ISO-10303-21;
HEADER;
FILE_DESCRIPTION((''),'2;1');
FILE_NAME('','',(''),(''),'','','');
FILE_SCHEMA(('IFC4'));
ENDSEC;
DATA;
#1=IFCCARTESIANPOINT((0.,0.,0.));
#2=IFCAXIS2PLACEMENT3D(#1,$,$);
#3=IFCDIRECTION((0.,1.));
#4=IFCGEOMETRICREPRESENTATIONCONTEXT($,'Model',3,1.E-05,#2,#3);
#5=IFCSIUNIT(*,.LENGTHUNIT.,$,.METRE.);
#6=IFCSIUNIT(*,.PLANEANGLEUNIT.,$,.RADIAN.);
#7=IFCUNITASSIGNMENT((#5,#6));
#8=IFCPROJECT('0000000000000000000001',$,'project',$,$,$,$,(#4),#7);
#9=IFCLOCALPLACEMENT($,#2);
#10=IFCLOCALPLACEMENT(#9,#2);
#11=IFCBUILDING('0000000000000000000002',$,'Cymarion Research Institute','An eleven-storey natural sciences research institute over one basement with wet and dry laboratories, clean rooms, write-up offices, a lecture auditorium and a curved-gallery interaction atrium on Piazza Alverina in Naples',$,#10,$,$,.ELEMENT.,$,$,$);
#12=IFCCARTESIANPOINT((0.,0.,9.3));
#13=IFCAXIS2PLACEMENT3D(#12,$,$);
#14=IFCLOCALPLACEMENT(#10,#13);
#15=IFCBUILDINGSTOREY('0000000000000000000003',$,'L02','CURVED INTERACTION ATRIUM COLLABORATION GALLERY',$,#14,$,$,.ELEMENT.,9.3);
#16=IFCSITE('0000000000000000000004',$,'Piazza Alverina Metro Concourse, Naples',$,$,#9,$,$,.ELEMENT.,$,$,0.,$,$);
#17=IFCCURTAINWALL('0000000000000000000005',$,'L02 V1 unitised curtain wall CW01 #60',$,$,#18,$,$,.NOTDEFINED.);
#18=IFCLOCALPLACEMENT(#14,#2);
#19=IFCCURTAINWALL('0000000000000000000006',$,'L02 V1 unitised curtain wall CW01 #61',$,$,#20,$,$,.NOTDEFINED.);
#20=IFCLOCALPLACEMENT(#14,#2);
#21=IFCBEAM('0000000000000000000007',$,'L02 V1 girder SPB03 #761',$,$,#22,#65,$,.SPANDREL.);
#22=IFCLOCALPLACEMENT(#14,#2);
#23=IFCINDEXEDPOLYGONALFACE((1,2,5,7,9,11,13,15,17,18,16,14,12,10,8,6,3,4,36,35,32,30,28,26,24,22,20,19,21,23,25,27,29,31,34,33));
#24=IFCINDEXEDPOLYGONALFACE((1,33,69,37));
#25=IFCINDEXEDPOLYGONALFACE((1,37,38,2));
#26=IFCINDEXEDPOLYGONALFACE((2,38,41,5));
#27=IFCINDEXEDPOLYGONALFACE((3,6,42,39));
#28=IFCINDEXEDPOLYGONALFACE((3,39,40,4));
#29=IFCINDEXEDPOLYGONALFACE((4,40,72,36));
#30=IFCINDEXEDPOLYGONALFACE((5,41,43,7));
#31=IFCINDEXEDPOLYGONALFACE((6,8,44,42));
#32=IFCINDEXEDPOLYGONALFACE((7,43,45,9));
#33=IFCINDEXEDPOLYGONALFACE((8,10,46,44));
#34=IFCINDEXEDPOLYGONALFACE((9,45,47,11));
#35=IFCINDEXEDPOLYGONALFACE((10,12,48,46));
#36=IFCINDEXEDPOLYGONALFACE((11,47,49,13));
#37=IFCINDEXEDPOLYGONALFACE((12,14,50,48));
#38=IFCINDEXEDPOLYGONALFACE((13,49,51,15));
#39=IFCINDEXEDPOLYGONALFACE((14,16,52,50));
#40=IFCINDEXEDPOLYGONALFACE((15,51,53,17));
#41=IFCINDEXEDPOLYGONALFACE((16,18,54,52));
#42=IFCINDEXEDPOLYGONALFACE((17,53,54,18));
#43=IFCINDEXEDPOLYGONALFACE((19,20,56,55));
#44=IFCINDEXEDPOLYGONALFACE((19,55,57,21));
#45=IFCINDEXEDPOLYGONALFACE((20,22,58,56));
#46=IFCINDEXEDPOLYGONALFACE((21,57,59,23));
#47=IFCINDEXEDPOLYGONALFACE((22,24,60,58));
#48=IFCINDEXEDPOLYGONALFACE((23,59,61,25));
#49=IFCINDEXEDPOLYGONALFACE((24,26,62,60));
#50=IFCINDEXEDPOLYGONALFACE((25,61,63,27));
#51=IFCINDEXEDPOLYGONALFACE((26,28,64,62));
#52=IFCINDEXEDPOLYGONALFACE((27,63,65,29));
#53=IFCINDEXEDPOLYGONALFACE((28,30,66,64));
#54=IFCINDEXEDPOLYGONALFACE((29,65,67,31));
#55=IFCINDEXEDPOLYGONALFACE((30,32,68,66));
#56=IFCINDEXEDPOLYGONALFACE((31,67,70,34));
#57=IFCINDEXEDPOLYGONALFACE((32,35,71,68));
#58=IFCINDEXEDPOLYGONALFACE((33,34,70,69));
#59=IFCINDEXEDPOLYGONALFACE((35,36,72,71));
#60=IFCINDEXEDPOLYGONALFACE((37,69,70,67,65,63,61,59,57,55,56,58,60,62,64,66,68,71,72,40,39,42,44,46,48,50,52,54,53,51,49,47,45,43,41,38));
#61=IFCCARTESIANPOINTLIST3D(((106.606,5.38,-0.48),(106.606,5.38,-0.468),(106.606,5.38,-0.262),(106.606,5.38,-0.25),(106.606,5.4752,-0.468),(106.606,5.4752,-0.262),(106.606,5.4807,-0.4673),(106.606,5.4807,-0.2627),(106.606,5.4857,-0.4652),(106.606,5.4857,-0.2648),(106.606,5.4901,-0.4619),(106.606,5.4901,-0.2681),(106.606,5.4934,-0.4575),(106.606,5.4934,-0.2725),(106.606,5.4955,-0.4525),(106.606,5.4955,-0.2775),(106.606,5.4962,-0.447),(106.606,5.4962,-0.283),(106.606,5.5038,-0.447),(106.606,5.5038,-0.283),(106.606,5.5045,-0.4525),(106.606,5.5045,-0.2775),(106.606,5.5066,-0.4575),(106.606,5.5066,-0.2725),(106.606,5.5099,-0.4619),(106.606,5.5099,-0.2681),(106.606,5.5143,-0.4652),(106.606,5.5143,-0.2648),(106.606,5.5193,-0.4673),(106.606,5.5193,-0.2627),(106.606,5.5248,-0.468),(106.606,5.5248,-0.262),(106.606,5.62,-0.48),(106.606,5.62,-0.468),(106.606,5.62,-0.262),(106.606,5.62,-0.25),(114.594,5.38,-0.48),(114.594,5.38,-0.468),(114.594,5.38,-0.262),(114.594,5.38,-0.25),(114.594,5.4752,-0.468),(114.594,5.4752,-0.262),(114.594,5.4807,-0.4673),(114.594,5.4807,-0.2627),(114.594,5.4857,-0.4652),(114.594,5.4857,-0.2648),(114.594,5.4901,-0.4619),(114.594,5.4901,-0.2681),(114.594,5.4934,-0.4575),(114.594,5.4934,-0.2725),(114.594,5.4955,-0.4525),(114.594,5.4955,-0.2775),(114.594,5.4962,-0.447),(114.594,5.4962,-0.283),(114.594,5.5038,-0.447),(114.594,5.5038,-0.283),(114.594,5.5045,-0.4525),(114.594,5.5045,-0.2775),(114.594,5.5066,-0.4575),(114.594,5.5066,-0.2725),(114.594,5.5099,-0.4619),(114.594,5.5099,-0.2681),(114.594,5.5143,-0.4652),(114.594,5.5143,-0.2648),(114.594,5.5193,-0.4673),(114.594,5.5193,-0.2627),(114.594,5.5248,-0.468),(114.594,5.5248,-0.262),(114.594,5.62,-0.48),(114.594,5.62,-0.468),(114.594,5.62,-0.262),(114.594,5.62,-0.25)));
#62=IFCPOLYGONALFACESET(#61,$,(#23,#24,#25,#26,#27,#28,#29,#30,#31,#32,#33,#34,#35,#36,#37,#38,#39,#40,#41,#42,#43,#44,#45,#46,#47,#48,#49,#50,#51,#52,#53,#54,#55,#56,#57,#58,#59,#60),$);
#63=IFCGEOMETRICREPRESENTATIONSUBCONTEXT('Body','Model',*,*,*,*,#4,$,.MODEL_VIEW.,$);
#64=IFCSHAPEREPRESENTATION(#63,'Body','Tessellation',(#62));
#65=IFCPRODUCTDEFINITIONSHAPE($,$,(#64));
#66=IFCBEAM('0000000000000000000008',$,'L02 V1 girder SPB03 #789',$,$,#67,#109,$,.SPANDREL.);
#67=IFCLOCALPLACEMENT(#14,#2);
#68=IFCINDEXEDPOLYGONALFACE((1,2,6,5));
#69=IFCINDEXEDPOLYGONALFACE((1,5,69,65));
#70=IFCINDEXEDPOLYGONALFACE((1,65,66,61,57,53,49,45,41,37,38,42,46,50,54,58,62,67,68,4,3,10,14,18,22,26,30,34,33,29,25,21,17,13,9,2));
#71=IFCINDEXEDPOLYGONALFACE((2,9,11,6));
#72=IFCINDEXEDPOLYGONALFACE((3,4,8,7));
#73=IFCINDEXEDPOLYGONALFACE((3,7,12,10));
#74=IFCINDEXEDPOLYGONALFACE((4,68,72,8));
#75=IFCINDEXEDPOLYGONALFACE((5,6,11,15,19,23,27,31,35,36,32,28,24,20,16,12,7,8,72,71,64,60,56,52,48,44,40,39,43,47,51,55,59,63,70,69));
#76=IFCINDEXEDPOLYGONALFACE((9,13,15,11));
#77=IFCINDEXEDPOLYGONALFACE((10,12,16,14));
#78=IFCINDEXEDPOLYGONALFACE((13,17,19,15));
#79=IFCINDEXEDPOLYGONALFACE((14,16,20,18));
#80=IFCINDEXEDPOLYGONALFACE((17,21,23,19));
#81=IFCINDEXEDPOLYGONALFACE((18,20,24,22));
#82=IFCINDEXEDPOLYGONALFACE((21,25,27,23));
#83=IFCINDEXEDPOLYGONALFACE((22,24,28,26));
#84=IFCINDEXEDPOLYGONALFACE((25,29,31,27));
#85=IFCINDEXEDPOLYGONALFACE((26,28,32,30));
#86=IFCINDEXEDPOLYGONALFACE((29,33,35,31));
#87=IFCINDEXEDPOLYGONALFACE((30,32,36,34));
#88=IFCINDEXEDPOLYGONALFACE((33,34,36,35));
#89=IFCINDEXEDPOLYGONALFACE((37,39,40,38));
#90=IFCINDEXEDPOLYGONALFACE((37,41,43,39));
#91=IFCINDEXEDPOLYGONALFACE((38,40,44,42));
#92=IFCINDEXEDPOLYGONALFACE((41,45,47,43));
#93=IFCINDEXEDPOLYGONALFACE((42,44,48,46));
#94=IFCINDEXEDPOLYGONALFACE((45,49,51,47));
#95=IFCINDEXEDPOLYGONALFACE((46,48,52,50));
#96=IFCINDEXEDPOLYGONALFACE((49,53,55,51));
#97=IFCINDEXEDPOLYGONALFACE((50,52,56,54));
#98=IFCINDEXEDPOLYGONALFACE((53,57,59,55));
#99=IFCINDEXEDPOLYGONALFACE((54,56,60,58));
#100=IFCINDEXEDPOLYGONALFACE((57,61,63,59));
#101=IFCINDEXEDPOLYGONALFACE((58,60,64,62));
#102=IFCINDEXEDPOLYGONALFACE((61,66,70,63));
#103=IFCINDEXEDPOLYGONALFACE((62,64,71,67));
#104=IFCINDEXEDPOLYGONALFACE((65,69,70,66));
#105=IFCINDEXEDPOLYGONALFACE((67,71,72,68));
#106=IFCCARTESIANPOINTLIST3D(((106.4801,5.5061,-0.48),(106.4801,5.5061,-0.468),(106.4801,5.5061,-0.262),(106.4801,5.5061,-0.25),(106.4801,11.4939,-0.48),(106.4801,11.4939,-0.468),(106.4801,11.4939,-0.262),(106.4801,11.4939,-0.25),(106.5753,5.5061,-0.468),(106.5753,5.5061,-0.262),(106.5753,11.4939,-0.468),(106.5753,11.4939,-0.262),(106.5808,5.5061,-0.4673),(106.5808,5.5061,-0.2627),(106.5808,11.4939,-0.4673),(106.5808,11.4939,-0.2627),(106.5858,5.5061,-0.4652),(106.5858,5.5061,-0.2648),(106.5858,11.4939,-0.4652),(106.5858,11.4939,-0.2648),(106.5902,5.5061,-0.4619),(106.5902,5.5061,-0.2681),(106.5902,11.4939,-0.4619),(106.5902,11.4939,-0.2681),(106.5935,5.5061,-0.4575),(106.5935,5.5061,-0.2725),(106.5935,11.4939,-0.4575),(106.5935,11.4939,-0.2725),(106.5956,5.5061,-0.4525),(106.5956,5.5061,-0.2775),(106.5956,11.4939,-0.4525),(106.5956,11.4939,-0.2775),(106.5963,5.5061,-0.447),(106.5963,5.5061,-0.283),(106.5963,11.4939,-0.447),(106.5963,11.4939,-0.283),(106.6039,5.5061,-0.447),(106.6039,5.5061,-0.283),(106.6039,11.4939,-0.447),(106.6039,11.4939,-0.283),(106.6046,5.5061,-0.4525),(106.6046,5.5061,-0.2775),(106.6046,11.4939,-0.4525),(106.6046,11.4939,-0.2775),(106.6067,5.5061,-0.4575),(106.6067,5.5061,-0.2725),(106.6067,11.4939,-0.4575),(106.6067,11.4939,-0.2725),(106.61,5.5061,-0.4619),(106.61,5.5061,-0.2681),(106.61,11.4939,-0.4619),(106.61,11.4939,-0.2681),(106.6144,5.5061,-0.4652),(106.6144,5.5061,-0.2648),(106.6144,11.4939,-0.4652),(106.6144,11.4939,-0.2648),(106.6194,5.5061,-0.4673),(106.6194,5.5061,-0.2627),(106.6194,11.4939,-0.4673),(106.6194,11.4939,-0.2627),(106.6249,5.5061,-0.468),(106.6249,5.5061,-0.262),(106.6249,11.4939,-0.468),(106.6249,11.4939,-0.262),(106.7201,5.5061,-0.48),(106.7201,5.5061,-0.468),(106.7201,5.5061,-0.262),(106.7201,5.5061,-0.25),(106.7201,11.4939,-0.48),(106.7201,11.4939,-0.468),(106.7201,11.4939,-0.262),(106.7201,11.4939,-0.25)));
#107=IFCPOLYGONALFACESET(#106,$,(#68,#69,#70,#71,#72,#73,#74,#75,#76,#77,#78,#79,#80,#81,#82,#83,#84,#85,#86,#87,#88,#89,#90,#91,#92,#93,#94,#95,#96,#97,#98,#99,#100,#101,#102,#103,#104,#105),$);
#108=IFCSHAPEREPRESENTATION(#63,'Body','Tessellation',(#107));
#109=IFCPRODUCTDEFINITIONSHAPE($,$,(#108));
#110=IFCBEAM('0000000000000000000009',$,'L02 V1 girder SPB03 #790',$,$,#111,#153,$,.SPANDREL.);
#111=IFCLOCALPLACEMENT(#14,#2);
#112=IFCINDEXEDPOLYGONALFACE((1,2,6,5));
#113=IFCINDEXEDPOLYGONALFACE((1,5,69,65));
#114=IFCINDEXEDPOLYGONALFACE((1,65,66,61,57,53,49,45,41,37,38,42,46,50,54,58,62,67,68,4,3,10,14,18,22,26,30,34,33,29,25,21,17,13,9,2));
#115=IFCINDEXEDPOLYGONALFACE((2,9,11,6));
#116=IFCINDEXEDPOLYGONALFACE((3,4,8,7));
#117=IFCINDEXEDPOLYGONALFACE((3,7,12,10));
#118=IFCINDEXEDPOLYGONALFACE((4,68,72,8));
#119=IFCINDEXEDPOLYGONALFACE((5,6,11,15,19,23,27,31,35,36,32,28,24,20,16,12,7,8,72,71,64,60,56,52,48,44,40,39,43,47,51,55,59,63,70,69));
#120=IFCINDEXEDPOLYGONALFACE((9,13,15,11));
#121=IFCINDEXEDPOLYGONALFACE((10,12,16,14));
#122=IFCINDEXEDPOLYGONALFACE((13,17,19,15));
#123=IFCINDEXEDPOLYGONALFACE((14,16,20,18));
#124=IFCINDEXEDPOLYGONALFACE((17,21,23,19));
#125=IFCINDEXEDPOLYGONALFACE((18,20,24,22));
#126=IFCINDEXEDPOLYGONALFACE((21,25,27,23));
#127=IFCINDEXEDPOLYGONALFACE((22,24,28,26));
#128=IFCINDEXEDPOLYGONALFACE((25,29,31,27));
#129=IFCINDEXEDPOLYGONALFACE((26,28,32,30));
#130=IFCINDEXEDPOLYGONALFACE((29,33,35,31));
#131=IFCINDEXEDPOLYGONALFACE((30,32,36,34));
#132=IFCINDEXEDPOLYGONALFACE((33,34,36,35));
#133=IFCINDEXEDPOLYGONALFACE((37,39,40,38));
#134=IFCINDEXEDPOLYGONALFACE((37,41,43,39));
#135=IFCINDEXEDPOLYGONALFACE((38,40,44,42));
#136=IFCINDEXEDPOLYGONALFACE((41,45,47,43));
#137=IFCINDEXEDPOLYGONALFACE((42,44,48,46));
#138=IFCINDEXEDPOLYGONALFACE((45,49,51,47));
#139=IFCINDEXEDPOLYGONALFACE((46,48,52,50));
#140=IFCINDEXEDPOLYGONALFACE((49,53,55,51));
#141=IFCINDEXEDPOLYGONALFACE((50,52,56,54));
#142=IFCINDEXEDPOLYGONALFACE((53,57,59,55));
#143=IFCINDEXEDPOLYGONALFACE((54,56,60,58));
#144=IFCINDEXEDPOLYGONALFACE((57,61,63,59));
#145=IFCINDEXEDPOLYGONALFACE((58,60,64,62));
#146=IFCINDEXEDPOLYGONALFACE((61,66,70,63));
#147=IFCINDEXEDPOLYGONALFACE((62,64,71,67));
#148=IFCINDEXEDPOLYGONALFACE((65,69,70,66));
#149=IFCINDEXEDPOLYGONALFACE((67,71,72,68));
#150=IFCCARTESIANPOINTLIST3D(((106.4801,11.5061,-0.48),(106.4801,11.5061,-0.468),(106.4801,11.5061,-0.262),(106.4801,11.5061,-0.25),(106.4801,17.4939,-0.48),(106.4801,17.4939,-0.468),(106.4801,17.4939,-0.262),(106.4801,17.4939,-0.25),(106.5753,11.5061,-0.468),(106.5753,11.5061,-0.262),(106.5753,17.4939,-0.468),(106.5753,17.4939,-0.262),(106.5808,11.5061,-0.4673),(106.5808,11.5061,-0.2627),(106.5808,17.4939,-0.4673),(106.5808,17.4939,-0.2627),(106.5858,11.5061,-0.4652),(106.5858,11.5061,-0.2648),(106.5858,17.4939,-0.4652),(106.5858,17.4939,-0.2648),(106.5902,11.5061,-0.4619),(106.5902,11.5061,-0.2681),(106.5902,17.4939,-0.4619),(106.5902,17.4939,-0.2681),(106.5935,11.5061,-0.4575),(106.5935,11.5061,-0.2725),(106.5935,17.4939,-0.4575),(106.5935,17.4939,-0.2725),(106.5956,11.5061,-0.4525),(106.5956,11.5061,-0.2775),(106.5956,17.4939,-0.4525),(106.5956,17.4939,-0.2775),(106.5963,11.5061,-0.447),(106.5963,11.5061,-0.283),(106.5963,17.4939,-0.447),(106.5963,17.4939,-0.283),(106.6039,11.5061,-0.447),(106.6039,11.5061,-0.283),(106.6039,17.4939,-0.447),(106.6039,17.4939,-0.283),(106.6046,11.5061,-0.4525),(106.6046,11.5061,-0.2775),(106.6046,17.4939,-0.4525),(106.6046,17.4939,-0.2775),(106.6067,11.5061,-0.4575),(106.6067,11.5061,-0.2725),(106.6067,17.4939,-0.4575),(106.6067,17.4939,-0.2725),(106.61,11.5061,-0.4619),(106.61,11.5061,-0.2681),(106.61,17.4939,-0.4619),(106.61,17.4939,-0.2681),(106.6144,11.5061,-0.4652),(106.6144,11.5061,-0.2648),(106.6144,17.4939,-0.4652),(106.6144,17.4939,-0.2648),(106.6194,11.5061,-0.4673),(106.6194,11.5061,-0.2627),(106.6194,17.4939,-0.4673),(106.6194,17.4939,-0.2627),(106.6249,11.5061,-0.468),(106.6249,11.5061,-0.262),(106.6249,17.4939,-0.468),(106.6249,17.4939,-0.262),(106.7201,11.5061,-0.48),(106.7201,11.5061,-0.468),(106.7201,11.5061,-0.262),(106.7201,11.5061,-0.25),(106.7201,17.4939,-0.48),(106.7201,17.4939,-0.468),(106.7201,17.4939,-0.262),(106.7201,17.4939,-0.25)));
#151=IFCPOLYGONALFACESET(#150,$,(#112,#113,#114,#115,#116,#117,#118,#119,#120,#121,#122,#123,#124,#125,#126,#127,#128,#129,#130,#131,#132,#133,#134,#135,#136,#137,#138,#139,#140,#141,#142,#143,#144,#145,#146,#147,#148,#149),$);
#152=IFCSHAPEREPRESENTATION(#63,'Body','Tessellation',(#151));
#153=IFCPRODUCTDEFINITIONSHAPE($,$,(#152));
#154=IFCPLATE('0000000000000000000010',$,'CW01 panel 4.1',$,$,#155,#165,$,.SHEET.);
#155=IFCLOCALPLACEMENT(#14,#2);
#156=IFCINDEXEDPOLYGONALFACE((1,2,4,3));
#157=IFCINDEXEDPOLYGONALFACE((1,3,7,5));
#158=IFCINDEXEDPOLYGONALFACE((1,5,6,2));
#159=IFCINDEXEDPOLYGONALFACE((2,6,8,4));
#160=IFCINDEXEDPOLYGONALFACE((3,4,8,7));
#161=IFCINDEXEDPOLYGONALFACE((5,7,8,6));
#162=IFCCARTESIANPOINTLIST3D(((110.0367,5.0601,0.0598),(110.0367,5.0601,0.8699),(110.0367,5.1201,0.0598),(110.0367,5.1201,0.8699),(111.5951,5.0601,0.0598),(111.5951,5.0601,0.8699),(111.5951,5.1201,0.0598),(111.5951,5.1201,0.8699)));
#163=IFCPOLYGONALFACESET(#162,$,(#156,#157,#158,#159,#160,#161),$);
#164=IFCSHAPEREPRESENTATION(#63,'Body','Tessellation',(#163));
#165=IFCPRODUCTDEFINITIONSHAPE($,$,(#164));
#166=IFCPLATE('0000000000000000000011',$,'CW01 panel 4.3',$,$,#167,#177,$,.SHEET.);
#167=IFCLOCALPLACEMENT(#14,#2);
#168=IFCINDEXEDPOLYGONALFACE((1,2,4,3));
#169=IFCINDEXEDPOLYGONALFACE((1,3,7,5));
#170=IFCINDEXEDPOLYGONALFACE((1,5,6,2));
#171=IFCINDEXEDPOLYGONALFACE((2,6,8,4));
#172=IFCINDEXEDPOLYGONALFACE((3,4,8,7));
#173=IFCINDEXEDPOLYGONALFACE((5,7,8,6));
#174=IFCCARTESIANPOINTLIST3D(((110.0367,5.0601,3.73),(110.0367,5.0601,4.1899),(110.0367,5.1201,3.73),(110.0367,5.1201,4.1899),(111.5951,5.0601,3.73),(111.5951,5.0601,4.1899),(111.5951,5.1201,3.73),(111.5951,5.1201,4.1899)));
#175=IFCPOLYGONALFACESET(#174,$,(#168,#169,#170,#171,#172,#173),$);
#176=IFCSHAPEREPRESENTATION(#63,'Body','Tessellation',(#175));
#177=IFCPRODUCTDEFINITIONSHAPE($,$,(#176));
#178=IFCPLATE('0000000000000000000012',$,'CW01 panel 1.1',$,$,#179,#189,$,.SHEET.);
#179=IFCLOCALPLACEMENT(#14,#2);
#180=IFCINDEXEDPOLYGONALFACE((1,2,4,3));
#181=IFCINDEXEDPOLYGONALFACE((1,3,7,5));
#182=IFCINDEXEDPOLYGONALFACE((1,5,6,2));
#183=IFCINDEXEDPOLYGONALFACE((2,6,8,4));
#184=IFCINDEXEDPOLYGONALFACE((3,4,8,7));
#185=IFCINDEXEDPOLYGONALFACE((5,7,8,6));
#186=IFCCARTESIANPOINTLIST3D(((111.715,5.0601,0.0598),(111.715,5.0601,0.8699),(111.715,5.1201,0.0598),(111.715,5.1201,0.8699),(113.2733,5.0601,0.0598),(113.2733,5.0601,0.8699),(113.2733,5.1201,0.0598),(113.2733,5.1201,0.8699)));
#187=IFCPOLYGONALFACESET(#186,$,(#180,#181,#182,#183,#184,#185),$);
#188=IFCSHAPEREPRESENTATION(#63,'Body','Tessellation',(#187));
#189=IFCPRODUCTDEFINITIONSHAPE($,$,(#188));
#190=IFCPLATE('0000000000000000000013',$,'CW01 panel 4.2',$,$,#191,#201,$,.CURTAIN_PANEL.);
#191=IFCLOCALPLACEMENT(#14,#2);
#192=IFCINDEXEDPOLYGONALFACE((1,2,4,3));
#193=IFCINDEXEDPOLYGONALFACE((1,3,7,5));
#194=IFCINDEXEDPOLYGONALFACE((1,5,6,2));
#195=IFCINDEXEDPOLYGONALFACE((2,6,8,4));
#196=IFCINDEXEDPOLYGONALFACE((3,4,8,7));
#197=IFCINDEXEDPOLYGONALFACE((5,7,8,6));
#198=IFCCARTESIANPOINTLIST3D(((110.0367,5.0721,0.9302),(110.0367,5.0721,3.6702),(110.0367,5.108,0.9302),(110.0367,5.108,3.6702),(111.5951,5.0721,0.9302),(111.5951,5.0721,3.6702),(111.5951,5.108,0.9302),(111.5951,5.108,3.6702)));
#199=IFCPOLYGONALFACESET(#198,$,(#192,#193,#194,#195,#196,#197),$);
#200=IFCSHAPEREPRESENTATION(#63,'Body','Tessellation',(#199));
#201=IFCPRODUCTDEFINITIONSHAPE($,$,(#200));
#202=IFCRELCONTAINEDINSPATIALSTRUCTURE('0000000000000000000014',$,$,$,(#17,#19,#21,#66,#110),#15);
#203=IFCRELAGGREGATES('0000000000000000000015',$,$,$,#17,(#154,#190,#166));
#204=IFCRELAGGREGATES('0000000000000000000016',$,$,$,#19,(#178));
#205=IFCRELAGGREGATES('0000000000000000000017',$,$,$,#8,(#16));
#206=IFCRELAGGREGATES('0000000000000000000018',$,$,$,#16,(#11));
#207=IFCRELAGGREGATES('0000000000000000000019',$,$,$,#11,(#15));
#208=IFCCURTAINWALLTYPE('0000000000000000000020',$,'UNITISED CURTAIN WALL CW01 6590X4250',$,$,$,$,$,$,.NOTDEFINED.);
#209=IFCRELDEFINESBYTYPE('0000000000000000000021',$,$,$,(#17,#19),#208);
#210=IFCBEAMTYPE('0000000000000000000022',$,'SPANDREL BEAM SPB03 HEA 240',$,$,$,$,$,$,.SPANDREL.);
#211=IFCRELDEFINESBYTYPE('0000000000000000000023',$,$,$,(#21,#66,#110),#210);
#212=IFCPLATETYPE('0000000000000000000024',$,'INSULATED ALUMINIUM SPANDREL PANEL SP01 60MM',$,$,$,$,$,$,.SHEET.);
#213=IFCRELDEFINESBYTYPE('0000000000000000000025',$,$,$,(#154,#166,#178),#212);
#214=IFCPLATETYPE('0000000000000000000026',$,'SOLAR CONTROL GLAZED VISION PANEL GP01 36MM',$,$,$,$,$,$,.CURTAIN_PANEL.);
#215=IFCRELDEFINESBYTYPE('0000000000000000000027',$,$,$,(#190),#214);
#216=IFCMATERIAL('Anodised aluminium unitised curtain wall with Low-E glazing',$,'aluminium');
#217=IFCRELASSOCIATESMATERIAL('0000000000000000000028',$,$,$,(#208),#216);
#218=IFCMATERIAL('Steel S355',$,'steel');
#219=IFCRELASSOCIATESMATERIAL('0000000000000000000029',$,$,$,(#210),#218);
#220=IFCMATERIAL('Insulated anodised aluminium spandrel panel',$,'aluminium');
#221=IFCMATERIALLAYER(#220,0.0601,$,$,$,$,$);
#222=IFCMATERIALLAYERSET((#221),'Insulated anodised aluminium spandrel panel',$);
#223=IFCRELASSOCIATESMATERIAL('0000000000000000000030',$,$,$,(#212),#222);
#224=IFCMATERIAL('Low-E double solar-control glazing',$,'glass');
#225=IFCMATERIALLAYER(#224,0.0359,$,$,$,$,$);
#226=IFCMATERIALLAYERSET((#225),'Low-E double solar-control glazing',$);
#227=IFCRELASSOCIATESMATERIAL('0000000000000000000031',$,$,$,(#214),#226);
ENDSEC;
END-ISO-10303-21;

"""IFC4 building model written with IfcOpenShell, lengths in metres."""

from ifc_helpers import new_model, si_unit, direction, frame, origin, origin_2d, place, context, subcontext, project, spatial, rectangle, i_section, extrude, material, layer, layer_set, material_profile, profile_set, type_object, element, aggregate, save


model = new_model("IFC4")

# Units and contexts
model_context = context("Model", 3, precision=1e-05, world=origin(), true_north=direction((0.0, 1.0)))
body_context = subcontext(model_context, "Body", "Model", "MODEL_VIEW")
ifc_project = project(units=[si_unit("LENGTHUNIT", "METRE"), si_unit("PLANEANGLEUNIT", "RADIAN")], contexts=[model_context])

# Site, building, storey
site_placement = place(None, origin())
site = spatial("IfcSite", under=ifc_project, at=site_placement, Name="Piazza Alverina Metro Concourse, Naples", CompositionType="ELEMENT", RefElevation=0.0)
building_placement = place(site_placement, origin())
building = spatial("IfcBuilding", under=site, at=building_placement, Name="Cymarion Research Institute", Description="An eleven-storey natural sciences research institute over one basement with wet and dry laboratories, clean rooms, write-up offices, a lecture auditorium and a curved-gallery interaction atrium on Piazza Alverina in Naples", CompositionType="ELEMENT")
storey_placement = place(building_placement, frame((0.0, 0.0, 9.3)))
storey = spatial("IfcBuildingStorey", under=building, at=storey_placement, Name="L02", Description="CURVED INTERACTION ATRIUM COLLABORATION GALLERY", CompositionType="ELEMENT", Elevation=9.3)

# Shared definitions
ifc_material_1 = material(Name="Steel S355", Category="steel")

# Curtain walls
ifc_material_2 = material(Name="Anodised aluminium unitised curtain wall with Low-E glazing", Category="aluminium")
curtain_wall_type = type_object("IfcCurtainWallType", Name="UNITISED CURTAIN WALL CW01 6590X4250", PredefinedType="NOTDEFINED", material=ifc_material_2)
curtain_wall_1_placement = place(storey_placement, origin())
curtain_wall_1 = element("IfcCurtainWall", 1, at=curtain_wall_1_placement, inside=storey, type_object=curtain_wall_type, Name="L02 V1 unitised curtain wall CW01 #60", PredefinedType="NOTDEFINED")
curtain_wall_2_placement = place(storey_placement, origin())
curtain_wall_2 = element("IfcCurtainWall", 2, at=curtain_wall_2_placement, inside=storey, type_object=curtain_wall_type, Name="L02 V1 unitised curtain wall CW01 #61", PredefinedType="NOTDEFINED")

# Beams
ifc_material_profile_1 = material_profile(ifc_material_1, i_section(OverallWidth=0.24, OverallDepth=0.23, WebThickness=0.0076, FlangeThickness=0.012, FilletRadius=0.021, at=origin_2d()), Name="HEA 240")
ifc_profile_set_1 = profile_set([ifc_material_profile_1], Name="Steel S355")
beam_type_1 = type_object("IfcBeamType", Name="SPANDREL BEAM SPB03 HEA 240", PredefinedType="SPANDREL", material=ifc_profile_set_1)
beam_placement = place(storey_placement, frame((106.606, 5.5, -0.365), z_axis=(1.0, 0.0, 0.0), x_axis=(0.0, 1.0, 0.0)))
element("IfcBeam", 3, at=beam_placement, inside=storey, type_object=beam_type_1, Name="L02 V1 girder SPB03 #761", PredefinedType="SPANDREL", context=body_context, shape_type="SweptSolid", body=[
    extrude(i_section(OverallWidth=0.24, OverallDepth=0.23, WebThickness=0.0076, FlangeThickness=0.012, FilletRadius=0.021, at=origin_2d()), origin(), (0.0, 0.0, 1.0), 7.988),
])
for number, where, z_axis, x_axis, name in (
    (4, (106.6001, 5.5061, -0.365), (0.0, 1.0, 0.0), (-1.0, 0.0, 0.0), "L02 V1 girder SPB03 #789"),
    (5, (106.6001, 11.5061, -0.365), (0.0, 1.0, 0.0), (-1.0, 0.0, 0.0), "L02 V1 girder SPB03 #790"),
):
    element("IfcBeam", number, at=place(storey_placement, frame(where, z_axis=z_axis, x_axis=x_axis)), inside=storey, type_object=beam_type_1, Name=name, PredefinedType="SPANDREL", context=body_context, shape_type="SweptSolid", body=[
        extrude(i_section(OverallWidth=0.24, OverallDepth=0.23, WebThickness=0.0076, FlangeThickness=0.012, FilletRadius=0.021, at=origin_2d()), origin(), (0.0, 0.0, 1.0), 5.9878),
    ])

# Plates
ifc_material_3 = material(Name="Insulated anodised aluminium spandrel panel", Category="aluminium")
ifc_layer_1 = layer(ifc_material_3, 0.0601)
ifc_layer_set_1 = layer_set([ifc_layer_1], Name="Insulated anodised aluminium spandrel panel")
plate_type_1 = type_object("IfcPlateType", Name="INSULATED ALUMINIUM SPANDREL PANEL SP01 60MM", PredefinedType="SHEET", material=ifc_layer_set_1)
plate_1_placement = place(storey_placement, frame((110.8159, 5.0901, 0.0598), z_axis=(0.0, 0.0, 1.0), x_axis=(1.0, 0.0, 0.0)))
plate_1 = element("IfcPlate", 6, at=plate_1_placement, type_object=plate_type_1, Name="CW01 panel 4.1", PredefinedType="SHEET", context=body_context, shape_type="SweptSolid", body=[
    extrude(rectangle(XDim=1.5583, YDim=0.0601, at=origin_2d()), origin(), (0.0, 0.0, 1.0), 0.8101),
])
plate_2_placement = place(storey_placement, frame((110.8159, 5.0901, 3.73), z_axis=(0.0, 0.0, 1.0), x_axis=(1.0, 0.0, 0.0)))
plate_2 = element("IfcPlate", 7, at=plate_2_placement, type_object=plate_type_1, Name="CW01 panel 4.3", PredefinedType="SHEET", context=body_context, shape_type="SweptSolid", body=[
    extrude(rectangle(XDim=1.5583, YDim=0.0601, at=origin_2d()), origin(), (0.0, 0.0, 1.0), 0.46),
])
plate_3_placement = place(storey_placement, frame((112.4941, 5.0901, 0.0598), z_axis=(0.0, 0.0, 1.0), x_axis=(1.0, 0.0, 0.0)))
plate_3 = element("IfcPlate", 8, at=plate_3_placement, type_object=plate_type_1, Name="CW01 panel 1.1", PredefinedType="SHEET", context=body_context, shape_type="SweptSolid", body=[
    extrude(rectangle(XDim=1.5583, YDim=0.0601, at=origin_2d()), origin(), (0.0, 0.0, 1.0), 0.8101),
])
ifc_material_4 = material(Name="Low-E double solar-control glazing", Category="glass")
ifc_layer_2 = layer(ifc_material_4, 0.0359)
ifc_layer_set_2 = layer_set([ifc_layer_2], Name="Low-E double solar-control glazing")
plate_type_2 = type_object("IfcPlateType", Name="SOLAR CONTROL GLAZED VISION PANEL GP01 36MM", PredefinedType="CURTAIN_PANEL", material=ifc_layer_set_2)
plate_4_placement = place(storey_placement, frame((110.8159, 5.0901, 0.9302), z_axis=(0.0, 0.0, 1.0), x_axis=(1.0, 0.0, 0.0)))
plate_4 = element("IfcPlate", 9, at=plate_4_placement, type_object=plate_type_2, Name="CW01 panel 4.2", PredefinedType="CURTAIN_PANEL", context=body_context, shape_type="SweptSolid", body=[
    extrude(rectangle(XDim=1.5583, YDim=0.0359, at=origin_2d()), origin(), (0.0, 0.0, 1.0), 2.74),
])
aggregate(curtain_wall_1, [plate_1, plate_4, plate_2])
aggregate(curtain_wall_2, [plate_3])

save(model, "model.ifc")
